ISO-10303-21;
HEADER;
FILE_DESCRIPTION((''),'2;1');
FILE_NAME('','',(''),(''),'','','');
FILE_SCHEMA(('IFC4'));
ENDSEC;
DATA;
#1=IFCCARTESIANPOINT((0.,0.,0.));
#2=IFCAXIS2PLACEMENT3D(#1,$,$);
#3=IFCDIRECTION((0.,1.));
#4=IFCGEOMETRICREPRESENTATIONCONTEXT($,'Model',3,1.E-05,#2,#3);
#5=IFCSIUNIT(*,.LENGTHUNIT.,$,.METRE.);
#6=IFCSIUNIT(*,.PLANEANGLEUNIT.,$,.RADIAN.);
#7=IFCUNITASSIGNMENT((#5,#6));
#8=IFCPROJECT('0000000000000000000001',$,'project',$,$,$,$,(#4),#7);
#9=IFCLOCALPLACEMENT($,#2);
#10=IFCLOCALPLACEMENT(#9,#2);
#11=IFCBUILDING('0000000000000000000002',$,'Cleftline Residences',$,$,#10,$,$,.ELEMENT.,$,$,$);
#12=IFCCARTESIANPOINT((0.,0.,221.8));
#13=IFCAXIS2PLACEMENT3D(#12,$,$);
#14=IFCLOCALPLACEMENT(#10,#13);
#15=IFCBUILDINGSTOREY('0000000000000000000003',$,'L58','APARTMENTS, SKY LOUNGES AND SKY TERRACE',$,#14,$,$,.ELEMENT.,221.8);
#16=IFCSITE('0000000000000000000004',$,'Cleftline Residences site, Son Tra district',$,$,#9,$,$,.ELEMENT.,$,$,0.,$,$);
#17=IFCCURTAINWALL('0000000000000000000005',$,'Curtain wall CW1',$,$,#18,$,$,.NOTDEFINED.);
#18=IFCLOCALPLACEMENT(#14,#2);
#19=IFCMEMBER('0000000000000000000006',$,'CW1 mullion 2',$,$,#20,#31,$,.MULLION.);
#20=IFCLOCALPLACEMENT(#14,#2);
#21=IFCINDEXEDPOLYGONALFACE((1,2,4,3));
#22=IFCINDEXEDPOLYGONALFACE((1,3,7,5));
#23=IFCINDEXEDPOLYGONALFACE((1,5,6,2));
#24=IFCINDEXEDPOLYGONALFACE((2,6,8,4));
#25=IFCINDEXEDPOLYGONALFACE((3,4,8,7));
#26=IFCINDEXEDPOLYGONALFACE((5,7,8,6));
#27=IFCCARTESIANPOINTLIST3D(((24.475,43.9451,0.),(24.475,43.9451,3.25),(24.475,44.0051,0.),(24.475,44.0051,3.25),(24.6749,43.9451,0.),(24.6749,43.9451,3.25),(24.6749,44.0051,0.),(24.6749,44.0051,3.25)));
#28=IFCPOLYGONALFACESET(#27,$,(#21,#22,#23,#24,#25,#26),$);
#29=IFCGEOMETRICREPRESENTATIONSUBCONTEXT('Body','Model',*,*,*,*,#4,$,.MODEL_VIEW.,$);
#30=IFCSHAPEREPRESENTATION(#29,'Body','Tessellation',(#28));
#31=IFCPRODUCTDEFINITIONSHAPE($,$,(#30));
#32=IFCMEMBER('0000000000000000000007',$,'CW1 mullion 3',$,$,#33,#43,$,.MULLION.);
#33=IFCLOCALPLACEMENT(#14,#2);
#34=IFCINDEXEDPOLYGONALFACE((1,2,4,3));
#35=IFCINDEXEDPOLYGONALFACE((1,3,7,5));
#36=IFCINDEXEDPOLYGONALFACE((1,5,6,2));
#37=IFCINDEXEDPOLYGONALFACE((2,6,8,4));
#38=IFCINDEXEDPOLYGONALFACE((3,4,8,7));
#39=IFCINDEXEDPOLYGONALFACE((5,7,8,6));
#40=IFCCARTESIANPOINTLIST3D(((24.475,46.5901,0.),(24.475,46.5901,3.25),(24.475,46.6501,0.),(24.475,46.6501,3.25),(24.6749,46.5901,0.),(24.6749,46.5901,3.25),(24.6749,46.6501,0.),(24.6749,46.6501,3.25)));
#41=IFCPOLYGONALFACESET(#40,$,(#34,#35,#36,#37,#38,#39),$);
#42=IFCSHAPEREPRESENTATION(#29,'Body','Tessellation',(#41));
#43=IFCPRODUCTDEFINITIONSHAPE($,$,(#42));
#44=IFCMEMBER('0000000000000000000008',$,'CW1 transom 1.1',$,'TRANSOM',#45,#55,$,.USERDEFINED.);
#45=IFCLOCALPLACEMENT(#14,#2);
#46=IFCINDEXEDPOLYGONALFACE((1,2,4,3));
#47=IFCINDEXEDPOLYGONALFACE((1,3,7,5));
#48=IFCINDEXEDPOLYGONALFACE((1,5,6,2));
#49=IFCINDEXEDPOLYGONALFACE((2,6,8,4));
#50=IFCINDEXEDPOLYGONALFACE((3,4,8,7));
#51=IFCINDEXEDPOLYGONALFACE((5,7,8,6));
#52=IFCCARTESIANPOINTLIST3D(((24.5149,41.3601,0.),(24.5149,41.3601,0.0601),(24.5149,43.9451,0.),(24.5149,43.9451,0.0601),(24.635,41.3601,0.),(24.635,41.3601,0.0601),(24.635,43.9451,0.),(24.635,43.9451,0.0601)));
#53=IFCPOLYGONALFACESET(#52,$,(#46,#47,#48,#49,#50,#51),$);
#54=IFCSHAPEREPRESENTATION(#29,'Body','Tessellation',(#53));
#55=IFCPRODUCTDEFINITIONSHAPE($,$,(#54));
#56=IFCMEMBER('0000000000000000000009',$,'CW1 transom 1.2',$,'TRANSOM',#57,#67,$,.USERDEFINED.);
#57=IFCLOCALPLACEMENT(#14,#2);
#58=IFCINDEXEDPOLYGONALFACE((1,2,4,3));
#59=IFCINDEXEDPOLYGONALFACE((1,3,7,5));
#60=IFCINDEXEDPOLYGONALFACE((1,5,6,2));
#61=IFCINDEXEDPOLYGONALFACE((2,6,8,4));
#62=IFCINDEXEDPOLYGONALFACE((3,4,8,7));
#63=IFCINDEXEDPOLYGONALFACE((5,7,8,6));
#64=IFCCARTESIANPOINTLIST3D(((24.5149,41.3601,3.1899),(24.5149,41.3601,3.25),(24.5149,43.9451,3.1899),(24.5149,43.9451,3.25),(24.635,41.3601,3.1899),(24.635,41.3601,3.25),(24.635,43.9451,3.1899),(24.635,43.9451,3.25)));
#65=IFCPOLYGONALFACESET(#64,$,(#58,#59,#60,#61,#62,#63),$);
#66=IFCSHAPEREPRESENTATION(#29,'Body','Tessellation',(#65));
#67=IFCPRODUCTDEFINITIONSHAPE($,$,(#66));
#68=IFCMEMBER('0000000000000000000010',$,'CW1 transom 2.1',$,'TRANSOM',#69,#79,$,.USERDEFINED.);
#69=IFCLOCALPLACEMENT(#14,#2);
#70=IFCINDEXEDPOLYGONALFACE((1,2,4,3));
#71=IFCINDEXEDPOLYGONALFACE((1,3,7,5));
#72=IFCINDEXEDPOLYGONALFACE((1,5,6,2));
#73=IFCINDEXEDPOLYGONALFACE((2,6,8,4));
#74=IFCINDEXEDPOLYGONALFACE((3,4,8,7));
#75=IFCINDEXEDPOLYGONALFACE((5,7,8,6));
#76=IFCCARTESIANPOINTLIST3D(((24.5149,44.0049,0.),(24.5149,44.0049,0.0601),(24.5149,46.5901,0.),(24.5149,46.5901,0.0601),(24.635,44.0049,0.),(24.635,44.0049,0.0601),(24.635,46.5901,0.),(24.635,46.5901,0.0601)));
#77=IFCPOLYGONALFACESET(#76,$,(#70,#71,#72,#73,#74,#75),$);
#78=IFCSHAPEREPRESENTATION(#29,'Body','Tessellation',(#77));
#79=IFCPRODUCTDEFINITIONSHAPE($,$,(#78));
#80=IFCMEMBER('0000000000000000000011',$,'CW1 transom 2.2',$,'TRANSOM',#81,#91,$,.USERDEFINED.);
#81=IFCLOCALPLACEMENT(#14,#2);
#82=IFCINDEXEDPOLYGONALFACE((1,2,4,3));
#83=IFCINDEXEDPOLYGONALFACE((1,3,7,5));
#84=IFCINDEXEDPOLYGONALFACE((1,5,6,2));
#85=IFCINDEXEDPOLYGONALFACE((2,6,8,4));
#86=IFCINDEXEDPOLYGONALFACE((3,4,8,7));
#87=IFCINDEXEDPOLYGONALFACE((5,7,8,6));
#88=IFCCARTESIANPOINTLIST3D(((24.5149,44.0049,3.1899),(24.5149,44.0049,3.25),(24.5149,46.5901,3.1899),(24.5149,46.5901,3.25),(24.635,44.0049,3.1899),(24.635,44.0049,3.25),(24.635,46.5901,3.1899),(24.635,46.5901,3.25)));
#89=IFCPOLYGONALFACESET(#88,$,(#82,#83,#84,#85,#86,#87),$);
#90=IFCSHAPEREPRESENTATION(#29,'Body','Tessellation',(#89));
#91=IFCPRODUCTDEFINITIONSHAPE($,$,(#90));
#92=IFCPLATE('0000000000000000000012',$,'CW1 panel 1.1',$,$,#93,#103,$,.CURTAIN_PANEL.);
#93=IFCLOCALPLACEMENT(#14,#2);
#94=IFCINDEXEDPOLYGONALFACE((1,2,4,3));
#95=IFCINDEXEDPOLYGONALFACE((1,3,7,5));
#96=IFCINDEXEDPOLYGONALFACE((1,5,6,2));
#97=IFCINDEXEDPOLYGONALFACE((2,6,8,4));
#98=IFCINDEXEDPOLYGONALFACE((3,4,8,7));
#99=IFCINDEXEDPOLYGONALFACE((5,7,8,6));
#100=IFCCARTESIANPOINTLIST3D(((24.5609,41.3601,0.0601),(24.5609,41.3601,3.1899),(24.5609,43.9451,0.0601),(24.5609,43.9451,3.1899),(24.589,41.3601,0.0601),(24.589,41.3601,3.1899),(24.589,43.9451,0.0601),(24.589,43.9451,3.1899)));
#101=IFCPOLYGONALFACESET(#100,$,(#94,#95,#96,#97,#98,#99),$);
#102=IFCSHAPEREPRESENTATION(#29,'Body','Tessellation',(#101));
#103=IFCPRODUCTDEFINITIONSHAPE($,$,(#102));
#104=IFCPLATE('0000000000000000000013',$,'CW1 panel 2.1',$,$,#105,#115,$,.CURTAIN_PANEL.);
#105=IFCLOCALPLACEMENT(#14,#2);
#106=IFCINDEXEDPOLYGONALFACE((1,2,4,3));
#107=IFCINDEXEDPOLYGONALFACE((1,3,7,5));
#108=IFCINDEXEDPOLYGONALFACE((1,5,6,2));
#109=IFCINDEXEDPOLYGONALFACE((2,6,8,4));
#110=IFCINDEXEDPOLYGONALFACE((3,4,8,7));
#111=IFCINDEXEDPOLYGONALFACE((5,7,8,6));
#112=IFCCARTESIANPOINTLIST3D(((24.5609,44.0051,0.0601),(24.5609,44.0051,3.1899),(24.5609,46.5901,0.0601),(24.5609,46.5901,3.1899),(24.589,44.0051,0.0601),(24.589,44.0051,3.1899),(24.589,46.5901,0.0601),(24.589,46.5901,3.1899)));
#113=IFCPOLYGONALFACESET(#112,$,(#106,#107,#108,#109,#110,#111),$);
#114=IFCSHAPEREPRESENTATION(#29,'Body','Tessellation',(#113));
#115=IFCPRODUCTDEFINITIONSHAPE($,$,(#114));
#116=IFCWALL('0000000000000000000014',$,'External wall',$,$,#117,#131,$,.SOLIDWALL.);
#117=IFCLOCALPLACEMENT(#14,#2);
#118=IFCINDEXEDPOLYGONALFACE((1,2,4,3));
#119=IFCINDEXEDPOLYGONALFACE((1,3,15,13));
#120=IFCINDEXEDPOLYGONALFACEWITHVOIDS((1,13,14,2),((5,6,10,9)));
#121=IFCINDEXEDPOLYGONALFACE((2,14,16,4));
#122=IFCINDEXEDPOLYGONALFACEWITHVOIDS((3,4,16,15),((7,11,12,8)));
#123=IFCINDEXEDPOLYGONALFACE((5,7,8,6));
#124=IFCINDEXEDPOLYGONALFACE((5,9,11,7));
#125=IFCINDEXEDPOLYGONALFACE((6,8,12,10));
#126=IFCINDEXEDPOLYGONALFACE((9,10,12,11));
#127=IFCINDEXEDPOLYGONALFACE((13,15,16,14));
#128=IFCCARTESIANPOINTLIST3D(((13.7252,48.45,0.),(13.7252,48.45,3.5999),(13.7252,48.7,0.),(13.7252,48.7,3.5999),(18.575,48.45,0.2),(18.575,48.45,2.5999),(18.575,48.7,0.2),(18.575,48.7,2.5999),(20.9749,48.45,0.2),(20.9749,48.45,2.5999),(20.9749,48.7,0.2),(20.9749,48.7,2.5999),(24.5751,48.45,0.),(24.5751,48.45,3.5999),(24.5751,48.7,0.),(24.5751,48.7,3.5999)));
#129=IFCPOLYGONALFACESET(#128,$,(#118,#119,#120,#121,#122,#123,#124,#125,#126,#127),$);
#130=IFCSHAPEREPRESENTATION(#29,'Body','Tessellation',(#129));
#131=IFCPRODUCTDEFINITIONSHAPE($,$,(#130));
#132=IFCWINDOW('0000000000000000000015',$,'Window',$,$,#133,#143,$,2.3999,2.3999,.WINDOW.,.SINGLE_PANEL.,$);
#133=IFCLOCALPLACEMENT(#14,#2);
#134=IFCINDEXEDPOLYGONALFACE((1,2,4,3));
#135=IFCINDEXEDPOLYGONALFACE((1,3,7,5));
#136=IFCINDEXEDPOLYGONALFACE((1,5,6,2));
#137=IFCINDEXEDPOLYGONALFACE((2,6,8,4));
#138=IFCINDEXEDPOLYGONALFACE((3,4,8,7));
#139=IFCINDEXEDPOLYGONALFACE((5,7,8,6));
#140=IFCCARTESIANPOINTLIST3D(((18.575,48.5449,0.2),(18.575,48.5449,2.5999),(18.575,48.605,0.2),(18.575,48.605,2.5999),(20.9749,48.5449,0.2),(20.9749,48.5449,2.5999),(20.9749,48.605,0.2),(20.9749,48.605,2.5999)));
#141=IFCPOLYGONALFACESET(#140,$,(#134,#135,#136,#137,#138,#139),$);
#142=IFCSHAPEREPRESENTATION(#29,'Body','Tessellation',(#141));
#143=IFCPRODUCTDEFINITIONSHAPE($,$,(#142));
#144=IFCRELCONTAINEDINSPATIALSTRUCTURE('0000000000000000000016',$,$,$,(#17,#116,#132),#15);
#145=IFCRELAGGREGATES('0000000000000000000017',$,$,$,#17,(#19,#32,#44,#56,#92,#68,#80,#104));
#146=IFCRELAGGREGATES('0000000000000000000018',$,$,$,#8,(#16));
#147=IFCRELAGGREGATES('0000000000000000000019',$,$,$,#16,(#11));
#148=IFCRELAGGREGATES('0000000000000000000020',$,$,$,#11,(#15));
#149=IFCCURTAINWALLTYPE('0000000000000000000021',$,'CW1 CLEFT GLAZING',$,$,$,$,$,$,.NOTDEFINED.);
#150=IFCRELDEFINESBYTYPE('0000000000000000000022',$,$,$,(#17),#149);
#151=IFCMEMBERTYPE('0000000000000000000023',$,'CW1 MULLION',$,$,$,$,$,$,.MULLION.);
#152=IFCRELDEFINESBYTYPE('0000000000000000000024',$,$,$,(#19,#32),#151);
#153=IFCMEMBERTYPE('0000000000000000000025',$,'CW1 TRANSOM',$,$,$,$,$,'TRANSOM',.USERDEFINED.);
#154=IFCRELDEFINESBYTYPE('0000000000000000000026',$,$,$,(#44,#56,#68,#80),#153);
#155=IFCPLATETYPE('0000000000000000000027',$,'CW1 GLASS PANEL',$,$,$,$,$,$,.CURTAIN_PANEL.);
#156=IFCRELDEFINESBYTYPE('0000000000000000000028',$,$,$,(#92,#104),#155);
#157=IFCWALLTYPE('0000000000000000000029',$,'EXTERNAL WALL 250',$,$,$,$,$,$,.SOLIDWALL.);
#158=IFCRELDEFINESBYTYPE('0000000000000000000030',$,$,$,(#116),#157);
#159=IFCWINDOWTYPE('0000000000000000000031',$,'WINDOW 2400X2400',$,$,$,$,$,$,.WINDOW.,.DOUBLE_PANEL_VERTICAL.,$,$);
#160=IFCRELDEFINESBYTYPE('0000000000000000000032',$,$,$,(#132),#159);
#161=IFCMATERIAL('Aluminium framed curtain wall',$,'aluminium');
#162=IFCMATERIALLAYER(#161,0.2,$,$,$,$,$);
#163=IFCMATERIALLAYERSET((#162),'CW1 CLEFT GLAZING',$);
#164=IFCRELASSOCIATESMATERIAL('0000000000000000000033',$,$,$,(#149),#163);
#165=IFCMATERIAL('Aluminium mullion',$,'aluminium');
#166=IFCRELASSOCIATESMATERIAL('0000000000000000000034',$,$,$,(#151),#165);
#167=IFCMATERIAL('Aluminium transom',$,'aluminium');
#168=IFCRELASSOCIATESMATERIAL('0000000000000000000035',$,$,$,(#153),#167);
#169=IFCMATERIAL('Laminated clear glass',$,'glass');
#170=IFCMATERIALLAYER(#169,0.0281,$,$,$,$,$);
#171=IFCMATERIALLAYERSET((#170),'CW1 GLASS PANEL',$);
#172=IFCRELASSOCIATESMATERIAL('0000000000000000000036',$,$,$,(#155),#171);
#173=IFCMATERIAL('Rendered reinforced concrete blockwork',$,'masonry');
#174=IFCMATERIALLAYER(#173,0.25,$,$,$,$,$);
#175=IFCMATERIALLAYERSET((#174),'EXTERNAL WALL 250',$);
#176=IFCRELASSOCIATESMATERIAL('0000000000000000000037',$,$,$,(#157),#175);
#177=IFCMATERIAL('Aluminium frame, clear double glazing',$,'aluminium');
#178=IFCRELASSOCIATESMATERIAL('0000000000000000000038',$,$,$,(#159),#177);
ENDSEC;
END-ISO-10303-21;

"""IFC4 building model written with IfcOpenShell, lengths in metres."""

from ifc_helpers import new_model, si_unit, direction, frame, frame_2d, origin, origin_2d, place, context, subcontext, project, spatial, rectangle, extrude, material, layer, layer_set, material_profile, profile_set, type_object, element, fill, aggregate, save


model = new_model("IFC4")

# Units and contexts
model_context = context("Model", 3, precision=1e-05, world=origin(), true_north=direction((0.0, 1.0)))
body_context = subcontext(model_context, "Body", "Model", "MODEL_VIEW")
ifc_project = project(units=[si_unit("LENGTHUNIT", "METRE"), si_unit("PLANEANGLEUNIT", "RADIAN")], contexts=[model_context])

# Site, building, storey
site_placement = place(None, origin())
site = spatial("IfcSite", under=ifc_project, at=site_placement, Name="Cleftline Residences site, Son Tra district", CompositionType="ELEMENT", RefElevation=0.0)
building_placement = place(site_placement, origin())
building = spatial("IfcBuilding", under=site, at=building_placement, Name="Cleftline Residences", CompositionType="ELEMENT")
storey_placement = place(building_placement, frame((0.0, 0.0, 221.8)))
storey = spatial("IfcBuildingStorey", under=building, at=storey_placement, Name="L58", Description="APARTMENTS, SKY LOUNGES AND SKY TERRACE", CompositionType="ELEMENT", Elevation=221.8)

# Curtain wall, members, plates
ifc_material_1 = material(Name="Aluminium framed curtain wall", Category="aluminium")
ifc_layer_1 = layer(ifc_material_1, 0.2)
ifc_layer_set_1 = layer_set([ifc_layer_1], Name="CW1 CLEFT GLAZING")
curtain_wall_type = type_object("IfcCurtainWallType", Name="CW1 CLEFT GLAZING", PredefinedType="NOTDEFINED", material=ifc_layer_set_1)
curtain_wall_placement = place(storey_placement, origin())
curtain_wall = element("IfcCurtainWall", 1, at=curtain_wall_placement, inside=storey, type_object=curtain_wall_type, Name="Curtain wall CW1", PredefinedType="NOTDEFINED")
ifc_material_2 = material(Name="Aluminium mullion", Category="aluminium")
ifc_material_profile_1 = material_profile(ifc_material_2, rectangle(XDim=0.2, YDim=0.0601, at=origin_2d()))
ifc_profile_set_1 = profile_set([ifc_material_profile_1], Name="Aluminium mullion")
member_type_1 = type_object("IfcMemberType", Name="CW1 MULLION", PredefinedType="MULLION", material=ifc_profile_set_1)
member_1_placement = place(storey_placement, frame((24.575, 43.9751, 0.0), z_axis=(0.0, 0.0, 1.0), x_axis=(-1.0, 0.0, 0.0)))
member_1 = element("IfcMember", 2, at=member_1_placement, type_object=member_type_1, Name="CW1 mullion 2", PredefinedType="MULLION", context=body_context, shape_type="SweptSolid", body=[
    extrude(rectangle(XDim=0.2, YDim=0.0601, at=origin_2d()), origin(), (0.0, 0.0, 1.0), 3.25),
])
member_2_placement = place(storey_placement, frame((24.575, 46.6201, 0.0), z_axis=(0.0, 0.0, 1.0), x_axis=(-1.0, 0.0, 0.0)))
member_2 = element("IfcMember", 3, at=member_2_placement, type_object=member_type_1, Name="CW1 mullion 3", PredefinedType="MULLION", context=body_context, shape_type="SweptSolid", body=[
    extrude(rectangle(XDim=0.2, YDim=0.0601, at=origin_2d()), origin(), (0.0, 0.0, 1.0), 3.25),
])
ifc_material_3 = material(Name="Aluminium transom", Category="aluminium")
ifc_material_profile_2 = material_profile(ifc_material_3, rectangle(XDim=0.1201, YDim=0.0601, at=origin_2d()))
ifc_profile_set_2 = profile_set([ifc_material_profile_2], Name="Aluminium transom")
member_type_2 = type_object("IfcMemberType", Name="CW1 TRANSOM", ElementType="TRANSOM", PredefinedType="USERDEFINED", material=ifc_profile_set_2)
member_3_placement = place(storey_placement, frame((24.575, 41.3601, 0.03), z_axis=(0.0, 1.0, 0.0), x_axis=(-1.0, 0.0, 0.0)))
member_3 = element("IfcMember", 4, at=member_3_placement, type_object=member_type_2, Name="CW1 transom 1.1", ObjectType="TRANSOM", PredefinedType="USERDEFINED", context=body_context, shape_type="SweptSolid", body=[
    extrude(rectangle(XDim=0.1201, YDim=0.0601, at=origin_2d()), origin(), (0.0, 0.0, 1.0), 2.585),
])
member_4_placement = place(storey_placement, frame((24.575, 41.3601, 3.22), z_axis=(0.0, 1.0, 0.0), x_axis=(-1.0, 0.0, 0.0)))
member_4 = element("IfcMember", 5, at=member_4_placement, type_object=member_type_2, Name="CW1 transom 1.2", ObjectType="TRANSOM", PredefinedType="USERDEFINED", context=body_context, shape_type="SweptSolid", body=[
    extrude(rectangle(XDim=0.1201, YDim=0.0601, at=origin_2d()), origin(), (0.0, 0.0, 1.0), 2.585),
])
member_5_placement = place(storey_placement, frame((24.575, 44.0049, 0.03), z_axis=(0.0, 1.0, 0.0), x_axis=(-1.0, 0.0, 0.0)))
member_5 = element("IfcMember", 6, at=member_5_placement, type_object=member_type_2, Name="CW1 transom 2.1", ObjectType="TRANSOM", PredefinedType="USERDEFINED", context=body_context, shape_type="SweptSolid", body=[
    extrude(rectangle(XDim=0.1201, YDim=0.0601, at=origin_2d()), origin(), (0.0, 0.0, 1.0), 2.5852),
])
member_6_placement = place(storey_placement, frame((24.575, 44.0049, 3.22), z_axis=(0.0, 1.0, 0.0), x_axis=(-1.0, 0.0, 0.0)))
member_6 = element("IfcMember", 7, at=member_6_placement, type_object=member_type_2, Name="CW1 transom 2.2", ObjectType="TRANSOM", PredefinedType="USERDEFINED", context=body_context, shape_type="SweptSolid", body=[
    extrude(rectangle(XDim=0.1201, YDim=0.0601, at=origin_2d()), origin(), (0.0, 0.0, 1.0), 2.5852),
])
ifc_material_4 = material(Name="Laminated clear glass", Category="glass")
ifc_layer_2 = layer(ifc_material_4, 0.0281)
ifc_layer_set_2 = layer_set([ifc_layer_2], Name="CW1 GLASS PANEL")
plate_type = type_object("IfcPlateType", Name="CW1 GLASS PANEL", PredefinedType="CURTAIN_PANEL", material=ifc_layer_set_2)
plate_1_placement = place(storey_placement, frame((24.575, 42.6526, 0.0601), z_axis=(0.0, 0.0, 1.0), x_axis=(0.0, 1.0, 0.0)))
plate_1 = element("IfcPlate", 8, at=plate_1_placement, type_object=plate_type, Name="CW1 panel 1.1", PredefinedType="CURTAIN_PANEL", context=body_context, shape_type="SweptSolid", body=[
    extrude(rectangle(XDim=2.585, YDim=0.0281, at=origin_2d()), origin(), (0.0, 0.0, 1.0), 3.1299),
])
plate_2_placement = place(storey_placement, frame((24.575, 45.2976, 0.0601), z_axis=(0.0, 0.0, 1.0), x_axis=(0.0, 1.0, 0.0)))
plate_2 = element("IfcPlate", 9, at=plate_2_placement, type_object=plate_type, Name="CW1 panel 2.1", PredefinedType="CURTAIN_PANEL", context=body_context, shape_type="SweptSolid", body=[
    extrude(rectangle(XDim=2.585, YDim=0.0281, at=origin_2d()), origin(), (0.0, 0.0, 1.0), 3.1299),
])
aggregate(curtain_wall, [member_1, member_2, member_3, member_4, plate_1, member_5, member_6, plate_2])

# Wall, opening, window
ifc_material_5 = material(Name="Rendered reinforced concrete blockwork", Category="masonry")
ifc_layer_3 = layer(ifc_material_5, 0.25)
ifc_layer_set_3 = layer_set([ifc_layer_3], Name="EXTERNAL WALL 250")
wall_type = type_object("IfcWallType", Name="EXTERNAL WALL 250", PredefinedType="SOLIDWALL", material=ifc_layer_set_3)
wall_placement = place(storey_placement, frame((24.575, 48.575, 0.0), z_axis=(0.0, 0.0, 1.0), x_axis=(-1.0, 0.0, 0.0)))
wall = element("IfcWall", 10, at=wall_placement, inside=storey, type_object=wall_type, Name="External wall", PredefinedType="SOLIDWALL", context=body_context, shape_type="SweptSolid", body=[
    extrude(rectangle(XDim=10.8499, YDim=0.25, at=frame_2d((5.4248, 0.0))), origin(), (0.0, 0.0, 1.0), 3.5999),
])
opening_placement = place(wall_placement, frame((3.6001, 0.0, 0.2)))
opening = element("IfcOpeningElement", 11, at=opening_placement, cuts=wall, PredefinedType="OPENING", context=body_context, shape_type="SweptSolid", body=[
    extrude(rectangle(XDim=2.3999, YDim=2.3999, at=frame_2d((1.2, 1.2))), frame((0.0, 0.135, 0.0), z_axis=(0.0, -1.0, 0.0), x_axis=(1.0, 0.0, 0.0)), (0.0, 0.0, 1.0), 0.27),
])
ifc_material_6 = material(Name="Aluminium frame, clear double glazing", Category="aluminium")
window_type = type_object("IfcWindowType", Name="WINDOW 2400X2400", PartitioningType="DOUBLE_PANEL_VERTICAL", PredefinedType="WINDOW", material=ifc_material_6)
window_placement = place(opening_placement, origin())
window = element("IfcWindow", 12, at=window_placement, inside=storey, type_object=window_type, Name="Window", OverallHeight=2.3999, OverallWidth=2.3999, PartitioningType="SINGLE_PANEL", PredefinedType="WINDOW", context=body_context, shape_type="SweptSolid", body=[
    extrude(rectangle(XDim=2.3999, YDim=2.3999, at=frame_2d((1.2, 1.2))), frame((0.0, 0.03, 0.0), z_axis=(0.0, -1.0, 0.0), x_axis=(1.0, 0.0, 0.0)), (0.0, 0.0, 1.0), 0.0601),
])
fill(opening, window)

save(model, "model.ifc")
